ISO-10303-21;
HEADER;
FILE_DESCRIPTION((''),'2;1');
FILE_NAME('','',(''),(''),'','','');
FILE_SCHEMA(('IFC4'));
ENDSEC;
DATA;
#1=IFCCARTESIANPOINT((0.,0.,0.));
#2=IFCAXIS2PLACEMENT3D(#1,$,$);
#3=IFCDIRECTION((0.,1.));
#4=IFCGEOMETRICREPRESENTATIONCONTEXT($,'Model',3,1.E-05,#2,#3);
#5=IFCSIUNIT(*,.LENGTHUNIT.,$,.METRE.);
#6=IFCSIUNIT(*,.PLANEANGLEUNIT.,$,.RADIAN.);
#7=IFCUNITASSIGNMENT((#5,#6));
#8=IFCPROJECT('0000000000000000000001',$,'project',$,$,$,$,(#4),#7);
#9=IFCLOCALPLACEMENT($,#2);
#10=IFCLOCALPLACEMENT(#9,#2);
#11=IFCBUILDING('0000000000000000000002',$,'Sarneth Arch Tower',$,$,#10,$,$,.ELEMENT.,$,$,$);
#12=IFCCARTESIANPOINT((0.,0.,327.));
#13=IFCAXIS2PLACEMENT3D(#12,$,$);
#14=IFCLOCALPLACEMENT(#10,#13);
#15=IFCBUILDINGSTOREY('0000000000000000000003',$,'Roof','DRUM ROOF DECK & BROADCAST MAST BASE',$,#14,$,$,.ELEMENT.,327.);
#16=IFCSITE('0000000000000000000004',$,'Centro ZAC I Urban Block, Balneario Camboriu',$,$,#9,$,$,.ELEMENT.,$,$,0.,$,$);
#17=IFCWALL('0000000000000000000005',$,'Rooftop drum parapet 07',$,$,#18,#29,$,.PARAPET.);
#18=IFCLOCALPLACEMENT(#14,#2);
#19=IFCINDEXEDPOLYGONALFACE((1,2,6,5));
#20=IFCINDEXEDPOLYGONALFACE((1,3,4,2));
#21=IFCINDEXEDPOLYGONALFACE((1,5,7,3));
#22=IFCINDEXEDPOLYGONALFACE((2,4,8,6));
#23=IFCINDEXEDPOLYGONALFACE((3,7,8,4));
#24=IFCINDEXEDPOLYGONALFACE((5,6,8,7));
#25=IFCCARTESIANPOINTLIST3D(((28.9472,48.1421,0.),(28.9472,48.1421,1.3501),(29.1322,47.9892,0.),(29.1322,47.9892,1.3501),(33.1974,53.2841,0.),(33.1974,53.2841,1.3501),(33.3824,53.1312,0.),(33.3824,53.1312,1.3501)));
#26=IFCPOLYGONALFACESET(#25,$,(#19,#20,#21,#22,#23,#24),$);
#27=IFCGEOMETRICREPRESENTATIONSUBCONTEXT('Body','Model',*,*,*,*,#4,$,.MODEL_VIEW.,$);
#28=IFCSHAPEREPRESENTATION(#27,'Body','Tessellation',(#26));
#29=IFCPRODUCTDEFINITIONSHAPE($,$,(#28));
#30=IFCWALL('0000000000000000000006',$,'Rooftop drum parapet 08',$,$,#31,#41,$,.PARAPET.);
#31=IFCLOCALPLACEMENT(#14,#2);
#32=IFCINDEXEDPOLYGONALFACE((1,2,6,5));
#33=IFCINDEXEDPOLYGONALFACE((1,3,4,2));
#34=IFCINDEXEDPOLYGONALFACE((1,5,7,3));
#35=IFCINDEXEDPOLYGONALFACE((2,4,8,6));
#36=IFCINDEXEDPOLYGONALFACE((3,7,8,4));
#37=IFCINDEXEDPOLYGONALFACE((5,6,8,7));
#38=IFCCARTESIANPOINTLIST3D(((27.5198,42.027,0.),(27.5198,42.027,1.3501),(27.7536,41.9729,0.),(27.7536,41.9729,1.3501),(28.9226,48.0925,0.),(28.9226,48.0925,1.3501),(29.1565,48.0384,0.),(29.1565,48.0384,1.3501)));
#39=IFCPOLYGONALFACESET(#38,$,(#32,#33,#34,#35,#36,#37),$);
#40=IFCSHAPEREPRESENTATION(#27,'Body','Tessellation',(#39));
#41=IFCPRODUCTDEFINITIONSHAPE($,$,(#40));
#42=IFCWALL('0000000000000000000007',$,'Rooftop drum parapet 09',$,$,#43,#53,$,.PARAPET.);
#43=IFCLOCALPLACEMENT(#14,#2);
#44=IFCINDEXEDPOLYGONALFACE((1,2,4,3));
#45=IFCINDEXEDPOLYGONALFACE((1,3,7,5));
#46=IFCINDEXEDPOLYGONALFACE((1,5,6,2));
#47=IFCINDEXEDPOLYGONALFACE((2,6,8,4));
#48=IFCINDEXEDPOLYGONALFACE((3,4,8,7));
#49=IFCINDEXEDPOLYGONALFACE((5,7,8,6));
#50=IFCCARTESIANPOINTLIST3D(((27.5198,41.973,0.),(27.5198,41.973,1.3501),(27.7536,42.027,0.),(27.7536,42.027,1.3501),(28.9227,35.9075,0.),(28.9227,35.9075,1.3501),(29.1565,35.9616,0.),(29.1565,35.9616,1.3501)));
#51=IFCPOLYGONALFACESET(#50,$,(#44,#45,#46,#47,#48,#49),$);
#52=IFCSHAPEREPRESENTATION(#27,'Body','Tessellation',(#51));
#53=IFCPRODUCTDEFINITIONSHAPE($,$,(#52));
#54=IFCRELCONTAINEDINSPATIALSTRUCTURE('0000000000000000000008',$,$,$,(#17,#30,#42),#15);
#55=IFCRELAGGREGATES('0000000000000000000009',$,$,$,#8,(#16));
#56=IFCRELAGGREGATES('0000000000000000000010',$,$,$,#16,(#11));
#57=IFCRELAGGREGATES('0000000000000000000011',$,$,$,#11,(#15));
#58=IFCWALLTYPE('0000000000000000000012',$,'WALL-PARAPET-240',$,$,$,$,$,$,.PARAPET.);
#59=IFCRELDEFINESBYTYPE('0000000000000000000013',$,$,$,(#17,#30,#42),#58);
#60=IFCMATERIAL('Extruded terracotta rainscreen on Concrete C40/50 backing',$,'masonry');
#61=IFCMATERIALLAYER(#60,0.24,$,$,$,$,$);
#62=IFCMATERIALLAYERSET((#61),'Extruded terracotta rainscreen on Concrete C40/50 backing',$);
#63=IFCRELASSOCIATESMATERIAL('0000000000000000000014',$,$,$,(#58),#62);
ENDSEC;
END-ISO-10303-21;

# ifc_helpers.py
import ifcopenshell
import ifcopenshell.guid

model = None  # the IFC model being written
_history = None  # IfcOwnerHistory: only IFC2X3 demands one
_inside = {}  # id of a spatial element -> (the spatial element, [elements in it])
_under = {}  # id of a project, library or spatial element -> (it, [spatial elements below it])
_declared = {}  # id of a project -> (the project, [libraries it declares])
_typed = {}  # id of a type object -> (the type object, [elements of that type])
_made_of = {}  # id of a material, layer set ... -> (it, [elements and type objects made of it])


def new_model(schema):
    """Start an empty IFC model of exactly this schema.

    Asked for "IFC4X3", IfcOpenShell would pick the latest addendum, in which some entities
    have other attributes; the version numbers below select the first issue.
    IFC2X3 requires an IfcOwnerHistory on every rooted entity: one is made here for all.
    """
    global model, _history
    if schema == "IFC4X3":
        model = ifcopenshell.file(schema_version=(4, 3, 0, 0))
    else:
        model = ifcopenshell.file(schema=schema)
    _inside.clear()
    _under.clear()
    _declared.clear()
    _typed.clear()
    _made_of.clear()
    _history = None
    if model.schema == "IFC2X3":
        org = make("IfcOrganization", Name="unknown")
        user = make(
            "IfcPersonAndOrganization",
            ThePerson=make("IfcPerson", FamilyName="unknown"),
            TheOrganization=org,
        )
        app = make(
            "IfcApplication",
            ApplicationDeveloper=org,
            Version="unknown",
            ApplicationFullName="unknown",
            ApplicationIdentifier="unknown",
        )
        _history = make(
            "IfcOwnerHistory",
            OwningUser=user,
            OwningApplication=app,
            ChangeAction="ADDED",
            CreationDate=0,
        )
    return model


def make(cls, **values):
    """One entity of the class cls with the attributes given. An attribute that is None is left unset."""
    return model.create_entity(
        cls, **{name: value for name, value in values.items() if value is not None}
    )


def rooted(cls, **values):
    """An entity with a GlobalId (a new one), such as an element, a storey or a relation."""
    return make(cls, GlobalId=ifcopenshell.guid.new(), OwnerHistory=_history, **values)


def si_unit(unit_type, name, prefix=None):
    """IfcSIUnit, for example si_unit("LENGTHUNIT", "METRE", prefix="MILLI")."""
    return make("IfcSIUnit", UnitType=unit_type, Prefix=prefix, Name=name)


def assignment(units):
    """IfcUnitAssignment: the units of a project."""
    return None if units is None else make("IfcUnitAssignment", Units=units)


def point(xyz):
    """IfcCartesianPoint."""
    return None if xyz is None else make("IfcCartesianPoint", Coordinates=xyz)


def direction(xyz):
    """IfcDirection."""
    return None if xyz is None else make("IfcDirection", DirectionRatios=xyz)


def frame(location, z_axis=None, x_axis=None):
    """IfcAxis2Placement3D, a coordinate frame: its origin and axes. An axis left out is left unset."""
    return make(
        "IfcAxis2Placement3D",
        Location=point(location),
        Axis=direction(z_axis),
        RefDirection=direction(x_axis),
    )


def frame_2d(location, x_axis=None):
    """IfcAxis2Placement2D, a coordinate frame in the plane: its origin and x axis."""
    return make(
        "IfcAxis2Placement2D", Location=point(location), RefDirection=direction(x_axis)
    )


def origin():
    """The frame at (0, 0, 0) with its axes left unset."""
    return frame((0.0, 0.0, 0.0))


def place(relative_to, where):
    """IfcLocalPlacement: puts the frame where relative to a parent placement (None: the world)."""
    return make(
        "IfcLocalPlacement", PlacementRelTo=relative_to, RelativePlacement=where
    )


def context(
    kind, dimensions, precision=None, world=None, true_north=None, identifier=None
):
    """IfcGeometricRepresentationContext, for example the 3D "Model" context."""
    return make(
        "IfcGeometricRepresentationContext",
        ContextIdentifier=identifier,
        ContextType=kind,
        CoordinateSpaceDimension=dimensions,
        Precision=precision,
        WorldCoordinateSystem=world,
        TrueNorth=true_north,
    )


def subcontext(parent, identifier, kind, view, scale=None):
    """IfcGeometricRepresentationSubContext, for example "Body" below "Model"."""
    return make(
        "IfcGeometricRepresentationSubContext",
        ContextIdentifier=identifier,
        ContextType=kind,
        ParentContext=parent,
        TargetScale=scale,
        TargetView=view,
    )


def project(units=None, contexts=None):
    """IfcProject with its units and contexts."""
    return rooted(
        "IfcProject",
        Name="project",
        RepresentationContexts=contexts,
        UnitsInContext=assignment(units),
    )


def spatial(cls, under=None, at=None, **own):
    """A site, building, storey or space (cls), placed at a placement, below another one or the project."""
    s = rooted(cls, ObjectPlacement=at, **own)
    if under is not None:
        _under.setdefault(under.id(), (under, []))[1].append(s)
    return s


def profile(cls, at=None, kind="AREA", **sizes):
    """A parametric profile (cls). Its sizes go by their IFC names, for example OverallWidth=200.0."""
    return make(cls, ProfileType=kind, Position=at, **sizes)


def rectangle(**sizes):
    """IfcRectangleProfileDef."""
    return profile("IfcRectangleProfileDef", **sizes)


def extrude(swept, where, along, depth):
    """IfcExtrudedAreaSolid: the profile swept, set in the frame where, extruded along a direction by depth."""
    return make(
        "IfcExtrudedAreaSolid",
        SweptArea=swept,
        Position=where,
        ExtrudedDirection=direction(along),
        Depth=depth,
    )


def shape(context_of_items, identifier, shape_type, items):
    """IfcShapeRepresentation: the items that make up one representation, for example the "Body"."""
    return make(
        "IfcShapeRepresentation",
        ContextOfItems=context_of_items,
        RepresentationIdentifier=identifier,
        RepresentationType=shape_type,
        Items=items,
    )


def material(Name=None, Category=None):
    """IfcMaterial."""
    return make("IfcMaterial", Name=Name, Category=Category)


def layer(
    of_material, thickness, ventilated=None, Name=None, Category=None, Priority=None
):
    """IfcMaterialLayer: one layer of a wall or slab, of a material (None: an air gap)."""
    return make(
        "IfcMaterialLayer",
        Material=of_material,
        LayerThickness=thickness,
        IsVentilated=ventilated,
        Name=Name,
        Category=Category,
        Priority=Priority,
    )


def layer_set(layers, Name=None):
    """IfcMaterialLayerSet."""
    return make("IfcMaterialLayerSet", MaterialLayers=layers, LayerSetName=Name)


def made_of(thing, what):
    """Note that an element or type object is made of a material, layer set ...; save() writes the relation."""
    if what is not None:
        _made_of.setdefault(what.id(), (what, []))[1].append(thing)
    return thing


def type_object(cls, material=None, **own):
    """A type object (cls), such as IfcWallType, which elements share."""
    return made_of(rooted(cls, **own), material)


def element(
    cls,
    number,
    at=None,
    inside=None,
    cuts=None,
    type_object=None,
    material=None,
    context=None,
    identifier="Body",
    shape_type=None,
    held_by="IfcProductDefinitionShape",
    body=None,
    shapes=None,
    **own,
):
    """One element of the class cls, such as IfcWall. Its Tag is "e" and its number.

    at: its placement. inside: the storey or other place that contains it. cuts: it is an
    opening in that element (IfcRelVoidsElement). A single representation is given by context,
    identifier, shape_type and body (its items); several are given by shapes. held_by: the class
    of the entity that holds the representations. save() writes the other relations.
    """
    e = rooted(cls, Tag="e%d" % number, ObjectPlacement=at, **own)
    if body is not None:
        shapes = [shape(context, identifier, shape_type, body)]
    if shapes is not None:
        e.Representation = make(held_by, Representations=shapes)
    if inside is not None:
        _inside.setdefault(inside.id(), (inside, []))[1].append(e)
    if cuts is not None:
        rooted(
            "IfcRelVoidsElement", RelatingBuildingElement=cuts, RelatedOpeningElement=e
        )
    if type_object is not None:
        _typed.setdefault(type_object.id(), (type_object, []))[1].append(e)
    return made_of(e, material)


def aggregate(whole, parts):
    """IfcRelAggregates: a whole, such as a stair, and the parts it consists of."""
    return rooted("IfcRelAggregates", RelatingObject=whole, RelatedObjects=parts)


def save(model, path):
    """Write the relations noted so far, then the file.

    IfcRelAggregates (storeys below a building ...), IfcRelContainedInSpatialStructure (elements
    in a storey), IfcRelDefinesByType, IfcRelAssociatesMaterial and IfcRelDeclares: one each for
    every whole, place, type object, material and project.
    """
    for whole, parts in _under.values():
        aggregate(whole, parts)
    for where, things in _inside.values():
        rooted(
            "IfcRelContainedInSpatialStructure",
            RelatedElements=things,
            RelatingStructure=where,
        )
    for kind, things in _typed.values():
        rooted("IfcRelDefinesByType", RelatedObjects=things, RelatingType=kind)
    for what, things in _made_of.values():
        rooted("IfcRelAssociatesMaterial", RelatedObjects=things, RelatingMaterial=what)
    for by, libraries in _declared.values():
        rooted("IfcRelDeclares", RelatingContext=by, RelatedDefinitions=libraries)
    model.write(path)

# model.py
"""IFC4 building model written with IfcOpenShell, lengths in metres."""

from ifc_helpers import new_model, si_unit, direction, frame, frame_2d, origin, place, context, subcontext, project, spatial, rectangle, extrude, material, layer, layer_set, type_object, element, save


model = new_model("IFC4")

# Units and contexts
model_context = context("Model", 3, precision=1e-05, world=origin(), true_north=direction((0.0, 1.0)))
body_context = subcontext(model_context, "Body", "Model", "MODEL_VIEW")
ifc_project = project(units=[si_unit("LENGTHUNIT", "METRE"), si_unit("PLANEANGLEUNIT", "RADIAN")], contexts=[model_context])

# Site, building, storey
site_placement = place(None, origin())
site = spatial("IfcSite", under=ifc_project, at=site_placement, Name="Centro ZAC I Urban Block, Balneario Camboriu", CompositionType="ELEMENT", RefElevation=0.0)
building_placement = place(site_placement, origin())
building = spatial("IfcBuilding", under=site, at=building_placement, Name="Sarneth Arch Tower", CompositionType="ELEMENT")
storey_placement = place(building_placement, frame((0.0, 0.0, 327.0)))
storey = spatial("IfcBuildingStorey", under=building, at=storey_placement, Name="Roof", Description="DRUM ROOF DECK & BROADCAST MAST BASE", CompositionType="ELEMENT", Elevation=327.0)

# Walls
ifc_material_1 = material(Name="Extruded terracotta rainscreen on Concrete C40/50 backing", Category="masonry")
ifc_layer_1 = layer(ifc_material_1, 0.24)
ifc_layer_set_1 = layer_set([ifc_layer_1], Name="Extruded terracotta rainscreen on Concrete C40/50 backing")
wall_type = type_object("IfcWallType", Name="WALL-PARAPET-240", PredefinedType="PARAPET", material=ifc_layer_set_1)
wall_1_placement = place(storey_placement, frame((33.2898, 53.2075, 0.0), z_axis=(0.0, 0.0, 1.0), x_axis=(-0.637098, -0.770783, 0.0)))
element("IfcWall", 1, at=wall_1_placement, inside=storey, type_object=wall_type, Name="Rooftop drum parapet 07", PredefinedType="PARAPET", context=body_context, shape_type="SweptSolid", body=[
    extrude(rectangle(XDim=6.6711, YDim=0.24, at=frame_2d((3.3354, 0.0))), origin(), (0.0, 0.0, 1.0), 1.3501),
])
for number, where, z_axis, x_axis, name in (
    (2, (29.0396, 48.0654, 0.0), (0.0, 0.0, 1.0), (-0.225335, -0.974281, 0.0), "Rooftop drum parapet 08"),
    (3, (27.6367, 42.0, 0.0), (0.0, 0.0, 1.0), (0.225335, -0.974281, 0.0), "Rooftop drum parapet 09"),
):
    element("IfcWall", number, at=place(storey_placement, frame(where, z_axis=z_axis, x_axis=x_axis)), inside=storey, type_object=wall_type, Name=name, PredefinedType="PARAPET", context=body_context, shape_type="SweptSolid", body=[
        extrude(rectangle(XDim=6.2256, YDim=0.24, at=frame_2d((3.1128, 0.0))), origin(), (0.0, 0.0, 1.0), 1.3501),
    ])

save(model, "model.ifc")
